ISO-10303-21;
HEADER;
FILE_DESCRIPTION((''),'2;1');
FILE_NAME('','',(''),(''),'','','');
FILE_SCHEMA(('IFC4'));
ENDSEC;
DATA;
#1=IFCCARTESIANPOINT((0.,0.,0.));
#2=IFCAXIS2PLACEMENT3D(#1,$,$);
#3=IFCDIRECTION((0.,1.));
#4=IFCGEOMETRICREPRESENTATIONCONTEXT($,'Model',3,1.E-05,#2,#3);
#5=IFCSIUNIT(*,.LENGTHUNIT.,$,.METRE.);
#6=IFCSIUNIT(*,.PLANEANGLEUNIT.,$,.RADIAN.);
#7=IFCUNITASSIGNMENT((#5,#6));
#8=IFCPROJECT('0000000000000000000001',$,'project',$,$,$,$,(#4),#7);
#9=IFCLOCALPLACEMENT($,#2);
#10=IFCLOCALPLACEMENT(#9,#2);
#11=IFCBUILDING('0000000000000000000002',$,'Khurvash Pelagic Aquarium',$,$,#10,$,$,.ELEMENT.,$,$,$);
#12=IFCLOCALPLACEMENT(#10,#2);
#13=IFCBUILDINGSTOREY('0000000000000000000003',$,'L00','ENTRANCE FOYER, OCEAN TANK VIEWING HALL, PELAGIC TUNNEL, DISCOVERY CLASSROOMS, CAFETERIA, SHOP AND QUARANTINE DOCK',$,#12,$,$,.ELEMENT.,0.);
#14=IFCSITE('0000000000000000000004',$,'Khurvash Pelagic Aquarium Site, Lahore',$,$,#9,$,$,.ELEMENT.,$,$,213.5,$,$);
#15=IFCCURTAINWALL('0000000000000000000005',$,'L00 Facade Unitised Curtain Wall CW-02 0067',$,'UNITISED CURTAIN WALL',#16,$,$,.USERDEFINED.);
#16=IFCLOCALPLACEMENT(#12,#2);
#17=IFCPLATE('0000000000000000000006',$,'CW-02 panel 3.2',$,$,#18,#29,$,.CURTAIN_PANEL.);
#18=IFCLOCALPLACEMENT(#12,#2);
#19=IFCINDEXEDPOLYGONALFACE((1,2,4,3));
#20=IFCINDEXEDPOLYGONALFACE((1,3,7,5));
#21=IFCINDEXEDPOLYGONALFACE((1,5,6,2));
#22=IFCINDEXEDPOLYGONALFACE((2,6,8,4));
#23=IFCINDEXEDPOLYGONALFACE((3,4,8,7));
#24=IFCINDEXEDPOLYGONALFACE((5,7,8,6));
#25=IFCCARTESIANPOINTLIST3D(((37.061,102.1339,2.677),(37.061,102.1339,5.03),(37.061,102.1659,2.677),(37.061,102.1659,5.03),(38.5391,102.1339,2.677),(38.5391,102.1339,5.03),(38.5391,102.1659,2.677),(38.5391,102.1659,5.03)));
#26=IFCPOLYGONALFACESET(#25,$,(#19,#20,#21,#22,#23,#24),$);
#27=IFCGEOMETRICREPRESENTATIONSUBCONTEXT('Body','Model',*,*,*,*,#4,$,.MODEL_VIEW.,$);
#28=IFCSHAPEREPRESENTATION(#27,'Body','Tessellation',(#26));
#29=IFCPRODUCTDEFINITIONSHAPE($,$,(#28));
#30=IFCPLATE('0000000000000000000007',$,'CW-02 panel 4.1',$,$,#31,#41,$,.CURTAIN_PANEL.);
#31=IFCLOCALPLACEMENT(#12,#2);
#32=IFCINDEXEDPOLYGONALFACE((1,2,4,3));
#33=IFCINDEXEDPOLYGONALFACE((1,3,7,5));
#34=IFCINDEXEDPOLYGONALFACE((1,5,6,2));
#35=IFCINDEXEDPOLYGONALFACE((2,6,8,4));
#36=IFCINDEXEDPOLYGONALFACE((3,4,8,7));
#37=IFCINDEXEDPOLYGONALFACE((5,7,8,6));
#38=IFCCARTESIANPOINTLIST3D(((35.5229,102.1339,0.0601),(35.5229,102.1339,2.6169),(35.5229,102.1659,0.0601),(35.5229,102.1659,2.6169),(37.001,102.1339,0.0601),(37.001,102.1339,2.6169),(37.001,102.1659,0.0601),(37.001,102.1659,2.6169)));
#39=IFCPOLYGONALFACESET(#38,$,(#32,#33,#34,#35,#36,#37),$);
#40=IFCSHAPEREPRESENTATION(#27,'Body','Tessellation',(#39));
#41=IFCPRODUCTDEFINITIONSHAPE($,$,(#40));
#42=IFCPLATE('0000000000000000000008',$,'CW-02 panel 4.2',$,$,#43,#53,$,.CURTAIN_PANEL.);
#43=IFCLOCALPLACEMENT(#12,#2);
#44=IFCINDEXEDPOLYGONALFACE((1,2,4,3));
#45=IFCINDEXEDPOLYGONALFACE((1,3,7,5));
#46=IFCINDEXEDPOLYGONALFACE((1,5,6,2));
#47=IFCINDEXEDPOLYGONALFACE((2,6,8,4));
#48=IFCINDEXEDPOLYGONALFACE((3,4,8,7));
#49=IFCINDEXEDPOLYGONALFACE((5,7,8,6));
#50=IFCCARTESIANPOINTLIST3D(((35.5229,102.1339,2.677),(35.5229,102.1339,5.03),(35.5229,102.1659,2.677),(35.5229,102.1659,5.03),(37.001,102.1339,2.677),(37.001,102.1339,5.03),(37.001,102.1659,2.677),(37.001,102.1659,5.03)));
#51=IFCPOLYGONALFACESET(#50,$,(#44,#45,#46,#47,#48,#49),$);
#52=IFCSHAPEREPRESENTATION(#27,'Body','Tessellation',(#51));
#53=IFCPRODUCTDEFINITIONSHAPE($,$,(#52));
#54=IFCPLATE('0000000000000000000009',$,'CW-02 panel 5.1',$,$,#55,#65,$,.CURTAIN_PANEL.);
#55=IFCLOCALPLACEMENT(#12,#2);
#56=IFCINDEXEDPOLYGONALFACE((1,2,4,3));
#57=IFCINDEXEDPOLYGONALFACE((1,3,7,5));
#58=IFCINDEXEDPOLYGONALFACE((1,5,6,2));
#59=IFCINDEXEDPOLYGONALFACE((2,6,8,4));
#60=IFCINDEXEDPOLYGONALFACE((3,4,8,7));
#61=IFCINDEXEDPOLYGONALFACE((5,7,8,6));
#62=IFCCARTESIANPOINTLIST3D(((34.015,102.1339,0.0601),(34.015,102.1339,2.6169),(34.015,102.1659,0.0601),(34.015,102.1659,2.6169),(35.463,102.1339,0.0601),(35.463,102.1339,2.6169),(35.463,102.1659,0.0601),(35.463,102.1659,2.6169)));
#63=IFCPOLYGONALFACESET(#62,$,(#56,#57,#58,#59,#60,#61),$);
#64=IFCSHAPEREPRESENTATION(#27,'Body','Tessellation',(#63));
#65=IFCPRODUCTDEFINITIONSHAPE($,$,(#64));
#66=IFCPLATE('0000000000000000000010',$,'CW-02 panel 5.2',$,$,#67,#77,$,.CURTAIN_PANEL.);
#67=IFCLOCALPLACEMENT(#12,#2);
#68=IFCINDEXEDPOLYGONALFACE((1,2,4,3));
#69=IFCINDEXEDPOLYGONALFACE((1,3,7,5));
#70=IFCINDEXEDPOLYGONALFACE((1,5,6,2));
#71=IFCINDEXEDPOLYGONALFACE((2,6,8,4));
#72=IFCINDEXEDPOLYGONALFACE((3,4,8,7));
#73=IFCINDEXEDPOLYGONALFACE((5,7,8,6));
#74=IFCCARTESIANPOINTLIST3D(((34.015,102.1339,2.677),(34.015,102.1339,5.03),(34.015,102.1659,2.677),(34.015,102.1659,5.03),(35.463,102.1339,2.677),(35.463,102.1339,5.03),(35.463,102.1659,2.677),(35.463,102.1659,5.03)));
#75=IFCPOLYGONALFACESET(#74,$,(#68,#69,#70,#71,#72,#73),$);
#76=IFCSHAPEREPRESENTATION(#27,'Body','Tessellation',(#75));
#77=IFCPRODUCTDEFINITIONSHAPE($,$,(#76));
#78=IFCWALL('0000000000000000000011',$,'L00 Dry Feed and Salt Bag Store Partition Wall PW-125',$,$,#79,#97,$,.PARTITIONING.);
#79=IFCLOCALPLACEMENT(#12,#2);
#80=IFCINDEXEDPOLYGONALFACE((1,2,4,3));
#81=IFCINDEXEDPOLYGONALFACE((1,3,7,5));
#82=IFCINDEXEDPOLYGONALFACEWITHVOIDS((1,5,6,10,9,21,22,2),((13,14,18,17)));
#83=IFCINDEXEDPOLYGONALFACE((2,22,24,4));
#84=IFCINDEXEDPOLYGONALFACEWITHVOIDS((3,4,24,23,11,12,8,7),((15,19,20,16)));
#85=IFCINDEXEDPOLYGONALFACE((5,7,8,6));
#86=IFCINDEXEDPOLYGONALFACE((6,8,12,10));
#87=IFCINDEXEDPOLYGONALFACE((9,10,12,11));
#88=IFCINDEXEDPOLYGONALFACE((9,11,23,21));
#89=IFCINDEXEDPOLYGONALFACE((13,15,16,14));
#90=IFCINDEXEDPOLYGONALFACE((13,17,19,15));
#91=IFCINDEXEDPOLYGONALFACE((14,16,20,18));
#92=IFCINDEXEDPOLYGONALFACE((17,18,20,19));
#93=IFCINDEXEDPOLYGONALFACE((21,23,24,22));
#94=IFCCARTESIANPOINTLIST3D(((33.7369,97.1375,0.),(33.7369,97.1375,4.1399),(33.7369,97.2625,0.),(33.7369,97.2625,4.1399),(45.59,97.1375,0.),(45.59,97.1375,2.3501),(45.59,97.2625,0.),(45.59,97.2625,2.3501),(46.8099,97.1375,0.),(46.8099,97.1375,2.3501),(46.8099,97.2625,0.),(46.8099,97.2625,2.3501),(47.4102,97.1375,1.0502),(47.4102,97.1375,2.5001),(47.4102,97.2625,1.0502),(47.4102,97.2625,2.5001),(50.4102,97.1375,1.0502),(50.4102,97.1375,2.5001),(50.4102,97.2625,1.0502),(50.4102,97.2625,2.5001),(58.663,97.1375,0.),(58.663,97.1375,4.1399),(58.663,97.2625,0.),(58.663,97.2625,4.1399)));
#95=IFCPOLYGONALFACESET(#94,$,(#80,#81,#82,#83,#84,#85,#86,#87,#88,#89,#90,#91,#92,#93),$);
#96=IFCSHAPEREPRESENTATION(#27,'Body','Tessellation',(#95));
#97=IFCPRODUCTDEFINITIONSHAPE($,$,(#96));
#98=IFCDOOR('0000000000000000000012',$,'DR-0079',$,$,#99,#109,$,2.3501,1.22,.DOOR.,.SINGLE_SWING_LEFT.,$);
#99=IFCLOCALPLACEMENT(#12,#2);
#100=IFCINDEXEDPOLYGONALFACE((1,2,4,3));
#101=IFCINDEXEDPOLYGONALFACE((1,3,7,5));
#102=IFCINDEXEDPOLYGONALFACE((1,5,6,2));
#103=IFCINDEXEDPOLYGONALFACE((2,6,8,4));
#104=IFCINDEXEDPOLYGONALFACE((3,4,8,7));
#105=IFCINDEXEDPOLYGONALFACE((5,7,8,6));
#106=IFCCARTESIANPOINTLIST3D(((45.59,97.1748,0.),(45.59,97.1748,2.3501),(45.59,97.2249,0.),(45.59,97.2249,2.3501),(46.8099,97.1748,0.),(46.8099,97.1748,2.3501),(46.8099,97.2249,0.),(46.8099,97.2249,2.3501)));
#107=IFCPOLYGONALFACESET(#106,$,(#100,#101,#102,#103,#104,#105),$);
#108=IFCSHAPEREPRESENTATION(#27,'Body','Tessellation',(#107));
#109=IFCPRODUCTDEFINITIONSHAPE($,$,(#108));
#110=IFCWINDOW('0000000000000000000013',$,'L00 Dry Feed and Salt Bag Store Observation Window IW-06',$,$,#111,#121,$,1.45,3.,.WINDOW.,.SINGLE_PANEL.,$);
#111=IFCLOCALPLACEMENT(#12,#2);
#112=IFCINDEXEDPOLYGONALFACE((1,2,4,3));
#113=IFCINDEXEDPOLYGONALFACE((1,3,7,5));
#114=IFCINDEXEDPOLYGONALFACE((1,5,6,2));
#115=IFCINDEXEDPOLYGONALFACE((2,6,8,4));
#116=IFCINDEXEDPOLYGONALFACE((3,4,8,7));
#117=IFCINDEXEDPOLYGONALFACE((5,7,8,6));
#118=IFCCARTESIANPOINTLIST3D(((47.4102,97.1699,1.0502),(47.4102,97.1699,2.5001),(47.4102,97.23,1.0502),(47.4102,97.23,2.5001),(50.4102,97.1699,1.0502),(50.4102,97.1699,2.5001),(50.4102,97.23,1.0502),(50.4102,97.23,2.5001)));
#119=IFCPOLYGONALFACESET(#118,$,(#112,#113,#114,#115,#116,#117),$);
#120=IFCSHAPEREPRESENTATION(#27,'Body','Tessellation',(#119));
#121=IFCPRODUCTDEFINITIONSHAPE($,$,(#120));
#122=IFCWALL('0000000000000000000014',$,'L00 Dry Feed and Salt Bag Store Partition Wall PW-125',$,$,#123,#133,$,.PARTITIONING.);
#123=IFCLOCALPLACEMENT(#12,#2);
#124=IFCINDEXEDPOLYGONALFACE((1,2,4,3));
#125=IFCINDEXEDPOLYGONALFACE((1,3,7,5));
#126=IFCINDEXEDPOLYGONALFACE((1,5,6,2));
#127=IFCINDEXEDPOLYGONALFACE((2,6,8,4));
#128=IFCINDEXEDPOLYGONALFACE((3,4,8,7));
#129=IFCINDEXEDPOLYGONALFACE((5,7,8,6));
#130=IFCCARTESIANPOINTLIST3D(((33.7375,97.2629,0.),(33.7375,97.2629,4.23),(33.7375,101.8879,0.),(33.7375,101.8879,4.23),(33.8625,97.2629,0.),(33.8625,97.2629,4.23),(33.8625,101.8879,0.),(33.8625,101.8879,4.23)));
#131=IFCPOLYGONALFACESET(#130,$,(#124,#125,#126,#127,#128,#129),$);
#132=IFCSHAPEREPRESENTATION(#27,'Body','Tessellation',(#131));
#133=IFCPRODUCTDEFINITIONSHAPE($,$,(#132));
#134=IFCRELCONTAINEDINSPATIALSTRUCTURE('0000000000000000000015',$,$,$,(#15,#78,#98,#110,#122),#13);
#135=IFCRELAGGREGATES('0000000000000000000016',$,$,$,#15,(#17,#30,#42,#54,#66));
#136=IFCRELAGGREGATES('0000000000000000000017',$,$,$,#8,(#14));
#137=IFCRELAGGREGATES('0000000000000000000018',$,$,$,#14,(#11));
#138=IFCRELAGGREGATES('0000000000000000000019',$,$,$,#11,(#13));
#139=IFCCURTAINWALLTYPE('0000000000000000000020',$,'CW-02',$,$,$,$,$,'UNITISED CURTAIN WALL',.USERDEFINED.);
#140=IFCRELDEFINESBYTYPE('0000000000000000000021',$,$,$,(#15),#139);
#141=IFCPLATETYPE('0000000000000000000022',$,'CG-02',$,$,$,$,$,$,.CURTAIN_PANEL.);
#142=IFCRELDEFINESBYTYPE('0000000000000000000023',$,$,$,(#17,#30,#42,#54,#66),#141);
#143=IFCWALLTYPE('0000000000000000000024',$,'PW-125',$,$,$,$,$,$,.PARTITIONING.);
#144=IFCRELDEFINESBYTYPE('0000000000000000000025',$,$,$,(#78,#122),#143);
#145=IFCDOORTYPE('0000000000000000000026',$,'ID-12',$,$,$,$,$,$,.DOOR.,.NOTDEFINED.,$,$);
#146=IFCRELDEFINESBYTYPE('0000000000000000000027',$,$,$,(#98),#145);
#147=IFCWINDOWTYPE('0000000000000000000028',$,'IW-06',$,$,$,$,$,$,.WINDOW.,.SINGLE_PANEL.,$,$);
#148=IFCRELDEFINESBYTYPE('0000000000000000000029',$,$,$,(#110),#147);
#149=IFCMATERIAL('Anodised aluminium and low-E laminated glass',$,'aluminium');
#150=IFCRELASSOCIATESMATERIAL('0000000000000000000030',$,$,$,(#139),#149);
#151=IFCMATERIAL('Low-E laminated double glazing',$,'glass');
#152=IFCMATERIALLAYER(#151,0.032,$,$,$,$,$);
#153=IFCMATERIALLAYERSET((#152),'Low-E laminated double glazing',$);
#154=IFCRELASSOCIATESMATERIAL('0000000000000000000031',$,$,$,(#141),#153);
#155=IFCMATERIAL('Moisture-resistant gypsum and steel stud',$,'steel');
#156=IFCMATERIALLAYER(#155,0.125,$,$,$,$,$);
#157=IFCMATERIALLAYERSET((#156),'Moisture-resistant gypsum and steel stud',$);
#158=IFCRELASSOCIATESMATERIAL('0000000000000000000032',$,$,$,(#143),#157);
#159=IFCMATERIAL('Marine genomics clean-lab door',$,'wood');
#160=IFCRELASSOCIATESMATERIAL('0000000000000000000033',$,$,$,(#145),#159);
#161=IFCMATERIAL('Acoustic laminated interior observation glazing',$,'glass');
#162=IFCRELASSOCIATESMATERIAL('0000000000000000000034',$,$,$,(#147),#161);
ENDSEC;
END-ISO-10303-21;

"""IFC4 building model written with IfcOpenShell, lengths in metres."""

from ifc_helpers import new_model, si_unit, direction, frame, frame_2d, origin, origin_2d, place, context, subcontext, project, spatial, rectangle, extrude, material, layer, layer_set, type_object, element, fill, aggregate, save


model = new_model("IFC4")

# Units and contexts
model_context = context("Model", 3, precision=1e-05, world=origin(), true_north=direction((0.0, 1.0)))
body_context = subcontext(model_context, "Body", "Model", "MODEL_VIEW")
ifc_project = project(units=[si_unit("LENGTHUNIT", "METRE"), si_unit("PLANEANGLEUNIT", "RADIAN")], contexts=[model_context])

# Site, building, storey
site_placement = place(None, origin())
site = spatial("IfcSite", under=ifc_project, at=site_placement, Name="Khurvash Pelagic Aquarium Site, Lahore", CompositionType="ELEMENT", RefElevation=213.5)
building_placement = place(site_placement, origin())
building = spatial("IfcBuilding", under=site, at=building_placement, Name="Khurvash Pelagic Aquarium", CompositionType="ELEMENT")
storey_placement = place(building_placement, origin())
storey = spatial("IfcBuildingStorey", under=building, at=storey_placement, Name="L00", Description="ENTRANCE FOYER, OCEAN TANK VIEWING HALL, PELAGIC TUNNEL, DISCOVERY CLASSROOMS, CAFETERIA, SHOP AND QUARANTINE DOCK", CompositionType="ELEMENT", Elevation=0.0)

# Curtain wall, plates
ifc_material_1 = material(Name="Anodised aluminium and low-E laminated glass", Category="aluminium")
curtain_wall_type = type_object("IfcCurtainWallType", Name="CW-02", ElementType="UNITISED CURTAIN WALL", PredefinedType="USERDEFINED", material=ifc_material_1)
curtain_wall_placement = place(storey_placement, origin())
curtain_wall = element("IfcCurtainWall", 1, at=curtain_wall_placement, inside=storey, type_object=curtain_wall_type, Name="L00 Facade Unitised Curtain Wall CW-02 0067", ObjectType="UNITISED CURTAIN WALL", PredefinedType="USERDEFINED")
ifc_material_2 = material(Name="Low-E laminated double glazing", Category="glass")
ifc_layer_1 = layer(ifc_material_2, 0.032)
ifc_layer_set_1 = layer_set([ifc_layer_1], Name="Low-E laminated double glazing")
plate_type = type_object("IfcPlateType", Name="CG-02", PredefinedType="CURTAIN_PANEL", material=ifc_layer_set_1)
plate_1_placement = place(storey_placement, frame((37.8, 102.1499, 2.677), z_axis=(0.0, 0.0, 1.0), x_axis=(-1.0, 0.0, 0.0)))
plate_1 = element("IfcPlate", 2, at=plate_1_placement, type_object=plate_type, Name="CW-02 panel 3.2", PredefinedType="CURTAIN_PANEL", context=body_context, shape_type="SweptSolid", body=[
    extrude(rectangle(XDim=1.478, YDim=0.032, at=origin_2d()), origin(), (0.0, 0.0, 1.0), 2.353),
])
plate_2_placement = place(storey_placement, frame((36.262, 102.1499, 0.0601), z_axis=(0.0, 0.0, 1.0), x_axis=(-1.0, 0.0, 0.0)))
plate_2 = element("IfcPlate", 3, at=plate_2_placement, type_object=plate_type, Name="CW-02 panel 4.1", PredefinedType="CURTAIN_PANEL", context=body_context, shape_type="SweptSolid", body=[
    extrude(rectangle(XDim=1.478, YDim=0.032, at=origin_2d()), origin(), (0.0, 0.0, 1.0), 2.5569),
])
plate_3_placement = place(storey_placement, frame((36.262, 102.1499, 2.677), z_axis=(0.0, 0.0, 1.0), x_axis=(-1.0, 0.0, 0.0)))
plate_3 = element("IfcPlate", 4, at=plate_3_placement, type_object=plate_type, Name="CW-02 panel 4.2", PredefinedType="CURTAIN_PANEL", context=body_context, shape_type="SweptSolid", body=[
    extrude(rectangle(XDim=1.478, YDim=0.032, at=origin_2d()), origin(), (0.0, 0.0, 1.0), 2.353),
])
plate_4_placement = place(storey_placement, frame((34.739, 102.1499, 0.0601), z_axis=(0.0, 0.0, 1.0), x_axis=(-1.0, 0.0, 0.0)))
plate_4 = element("IfcPlate", 5, at=plate_4_placement, type_object=plate_type, Name="CW-02 panel 5.1", PredefinedType="CURTAIN_PANEL", context=body_context, shape_type="SweptSolid", body=[
    extrude(rectangle(XDim=1.448, YDim=0.032, at=origin_2d()), origin(), (0.0, 0.0, 1.0), 2.5569),
])
plate_5_placement = place(storey_placement, frame((34.739, 102.1499, 2.677), z_axis=(0.0, 0.0, 1.0), x_axis=(-1.0, 0.0, 0.0)))
plate_5 = element("IfcPlate", 6, at=plate_5_placement, type_object=plate_type, Name="CW-02 panel 5.2", PredefinedType="CURTAIN_PANEL", context=body_context, shape_type="SweptSolid", body=[
    extrude(rectangle(XDim=1.448, YDim=0.032, at=origin_2d()), origin(), (0.0, 0.0, 1.0), 2.353),
])
aggregate(curtain_wall, [plate_1, plate_2, plate_3, plate_4, plate_5])

# Wall, openings, door, window
ifc_material_3 = material(Name="Moisture-resistant gypsum and steel stud", Category="steel")
ifc_layer_2 = layer(ifc_material_3, 0.125)
ifc_layer_set_2 = layer_set([ifc_layer_2], Name="Moisture-resistant gypsum and steel stud")
wall_type = type_object("IfcWallType", Name="PW-125", PredefinedType="PARTITIONING", material=ifc_layer_set_2)
wall_1_placement = place(storey_placement, frame((33.7371, 97.2, 0.0), z_axis=(0.0, 0.0, 1.0), x_axis=(1.0, 0.0, 0.0)))
wall_1 = element("IfcWall", 7, at=wall_1_placement, inside=storey, type_object=wall_type, Name="L00 Dry Feed and Salt Bag Store Partition Wall PW-125", PredefinedType="PARTITIONING", context=body_context, shape_type="SweptSolid", body=[
    extrude(rectangle(XDim=24.926, YDim=0.125, at=frame_2d((12.4629, 0.0))), origin(), (0.0, 0.0, 1.0), 4.1399),
])
opening_1_placement = place(wall_1_placement, frame((11.853, 0.0, 0.0)))
opening_1 = element("IfcOpeningElement", 8, at=opening_1_placement, cuts=wall_1, PredefinedType="OPENING", context=body_context, shape_type="SweptSolid", body=[
    extrude(rectangle(XDim=1.22, YDim=2.3501, at=frame_2d((0.6099, 1.175))), frame((0.0, 0.0725, 0.0), z_axis=(0.0, -1.0, 0.0), x_axis=(1.0, 0.0, 0.0)), (0.0, 0.0, 1.0), 0.145),
])
opening_2_placement = place(wall_1_placement, frame((13.6731, 0.0, 1.05)))
opening_2 = element("IfcOpeningElement", 9, at=opening_2_placement, cuts=wall_1, PredefinedType="OPENING", context=body_context, shape_type="SweptSolid", body=[
    extrude(rectangle(XDim=3.0, YDim=1.45, at=frame_2d((1.5, 0.7251))), frame((0.0, 0.0725, 0.0), z_axis=(0.0, -1.0, 0.0), x_axis=(1.0, 0.0, 0.0)), (0.0, 0.0, 1.0), 0.145),
])
ifc_material_4 = material(Name="Marine genomics clean-lab door", Category="wood")
door_type = type_object("IfcDoorType", Name="ID-12", OperationType="NOTDEFINED", PredefinedType="DOOR", material=ifc_material_4)
door_placement = place(opening_1_placement, origin())
door = element("IfcDoor", 10, at=door_placement, inside=storey, type_object=door_type, Name="DR-0079", OperationType="SINGLE_SWING_LEFT", OverallHeight=2.3501, OverallWidth=1.22, PredefinedType="DOOR", context=body_context, shape_type="SweptSolid", body=[
    extrude(rectangle(XDim=1.22, YDim=2.3501, at=frame_2d((0.6099, 1.175))), frame((0.0, 0.0249, 0.0), z_axis=(0.0, -1.0, 0.0), x_axis=(1.0, 0.0, 0.0)), (0.0, 0.0, 1.0), 0.05),
])
fill(opening_1, door)
ifc_material_5 = material(Name="Acoustic laminated interior observation glazing", Category="glass")
window_type = type_object("IfcWindowType", Name="IW-06", PartitioningType="SINGLE_PANEL", PredefinedType="WINDOW", material=ifc_material_5)
window_placement = place(opening_2_placement, origin())
window = element("IfcWindow", 11, at=window_placement, inside=storey, type_object=window_type, Name="L00 Dry Feed and Salt Bag Store Observation Window IW-06", OverallHeight=1.45, OverallWidth=3.0, PartitioningType="SINGLE_PANEL", PredefinedType="WINDOW", context=body_context, shape_type="SweptSolid", body=[
    extrude(rectangle(XDim=3.0, YDim=1.45, at=frame_2d((1.5, 0.7251))), frame((0.0, 0.03, 0.0), z_axis=(0.0, -1.0, 0.0), x_axis=(1.0, 0.0, 0.0)), (0.0, 0.0, 1.0), 0.0601),
])
fill(opening_2, window)

# Wall
wall_2_placement = place(storey_placement, frame((33.8, 97.2629, 0.0), z_axis=(0.0, 0.0, 1.0), x_axis=(0.0, 1.0, 0.0)))
element("IfcWall", 12, at=wall_2_placement, inside=storey, type_object=wall_type, Name="L00 Dry Feed and Salt Bag Store Partition Wall PW-125", PredefinedType="PARTITIONING", context=body_context, shape_type="SweptSolid", body=[
    extrude(rectangle(XDim=4.625, YDim=0.125, at=frame_2d((2.3125, 0.0))), origin(), (0.0, 0.0, 1.0), 4.23),
])

save(model, "model.ifc")
